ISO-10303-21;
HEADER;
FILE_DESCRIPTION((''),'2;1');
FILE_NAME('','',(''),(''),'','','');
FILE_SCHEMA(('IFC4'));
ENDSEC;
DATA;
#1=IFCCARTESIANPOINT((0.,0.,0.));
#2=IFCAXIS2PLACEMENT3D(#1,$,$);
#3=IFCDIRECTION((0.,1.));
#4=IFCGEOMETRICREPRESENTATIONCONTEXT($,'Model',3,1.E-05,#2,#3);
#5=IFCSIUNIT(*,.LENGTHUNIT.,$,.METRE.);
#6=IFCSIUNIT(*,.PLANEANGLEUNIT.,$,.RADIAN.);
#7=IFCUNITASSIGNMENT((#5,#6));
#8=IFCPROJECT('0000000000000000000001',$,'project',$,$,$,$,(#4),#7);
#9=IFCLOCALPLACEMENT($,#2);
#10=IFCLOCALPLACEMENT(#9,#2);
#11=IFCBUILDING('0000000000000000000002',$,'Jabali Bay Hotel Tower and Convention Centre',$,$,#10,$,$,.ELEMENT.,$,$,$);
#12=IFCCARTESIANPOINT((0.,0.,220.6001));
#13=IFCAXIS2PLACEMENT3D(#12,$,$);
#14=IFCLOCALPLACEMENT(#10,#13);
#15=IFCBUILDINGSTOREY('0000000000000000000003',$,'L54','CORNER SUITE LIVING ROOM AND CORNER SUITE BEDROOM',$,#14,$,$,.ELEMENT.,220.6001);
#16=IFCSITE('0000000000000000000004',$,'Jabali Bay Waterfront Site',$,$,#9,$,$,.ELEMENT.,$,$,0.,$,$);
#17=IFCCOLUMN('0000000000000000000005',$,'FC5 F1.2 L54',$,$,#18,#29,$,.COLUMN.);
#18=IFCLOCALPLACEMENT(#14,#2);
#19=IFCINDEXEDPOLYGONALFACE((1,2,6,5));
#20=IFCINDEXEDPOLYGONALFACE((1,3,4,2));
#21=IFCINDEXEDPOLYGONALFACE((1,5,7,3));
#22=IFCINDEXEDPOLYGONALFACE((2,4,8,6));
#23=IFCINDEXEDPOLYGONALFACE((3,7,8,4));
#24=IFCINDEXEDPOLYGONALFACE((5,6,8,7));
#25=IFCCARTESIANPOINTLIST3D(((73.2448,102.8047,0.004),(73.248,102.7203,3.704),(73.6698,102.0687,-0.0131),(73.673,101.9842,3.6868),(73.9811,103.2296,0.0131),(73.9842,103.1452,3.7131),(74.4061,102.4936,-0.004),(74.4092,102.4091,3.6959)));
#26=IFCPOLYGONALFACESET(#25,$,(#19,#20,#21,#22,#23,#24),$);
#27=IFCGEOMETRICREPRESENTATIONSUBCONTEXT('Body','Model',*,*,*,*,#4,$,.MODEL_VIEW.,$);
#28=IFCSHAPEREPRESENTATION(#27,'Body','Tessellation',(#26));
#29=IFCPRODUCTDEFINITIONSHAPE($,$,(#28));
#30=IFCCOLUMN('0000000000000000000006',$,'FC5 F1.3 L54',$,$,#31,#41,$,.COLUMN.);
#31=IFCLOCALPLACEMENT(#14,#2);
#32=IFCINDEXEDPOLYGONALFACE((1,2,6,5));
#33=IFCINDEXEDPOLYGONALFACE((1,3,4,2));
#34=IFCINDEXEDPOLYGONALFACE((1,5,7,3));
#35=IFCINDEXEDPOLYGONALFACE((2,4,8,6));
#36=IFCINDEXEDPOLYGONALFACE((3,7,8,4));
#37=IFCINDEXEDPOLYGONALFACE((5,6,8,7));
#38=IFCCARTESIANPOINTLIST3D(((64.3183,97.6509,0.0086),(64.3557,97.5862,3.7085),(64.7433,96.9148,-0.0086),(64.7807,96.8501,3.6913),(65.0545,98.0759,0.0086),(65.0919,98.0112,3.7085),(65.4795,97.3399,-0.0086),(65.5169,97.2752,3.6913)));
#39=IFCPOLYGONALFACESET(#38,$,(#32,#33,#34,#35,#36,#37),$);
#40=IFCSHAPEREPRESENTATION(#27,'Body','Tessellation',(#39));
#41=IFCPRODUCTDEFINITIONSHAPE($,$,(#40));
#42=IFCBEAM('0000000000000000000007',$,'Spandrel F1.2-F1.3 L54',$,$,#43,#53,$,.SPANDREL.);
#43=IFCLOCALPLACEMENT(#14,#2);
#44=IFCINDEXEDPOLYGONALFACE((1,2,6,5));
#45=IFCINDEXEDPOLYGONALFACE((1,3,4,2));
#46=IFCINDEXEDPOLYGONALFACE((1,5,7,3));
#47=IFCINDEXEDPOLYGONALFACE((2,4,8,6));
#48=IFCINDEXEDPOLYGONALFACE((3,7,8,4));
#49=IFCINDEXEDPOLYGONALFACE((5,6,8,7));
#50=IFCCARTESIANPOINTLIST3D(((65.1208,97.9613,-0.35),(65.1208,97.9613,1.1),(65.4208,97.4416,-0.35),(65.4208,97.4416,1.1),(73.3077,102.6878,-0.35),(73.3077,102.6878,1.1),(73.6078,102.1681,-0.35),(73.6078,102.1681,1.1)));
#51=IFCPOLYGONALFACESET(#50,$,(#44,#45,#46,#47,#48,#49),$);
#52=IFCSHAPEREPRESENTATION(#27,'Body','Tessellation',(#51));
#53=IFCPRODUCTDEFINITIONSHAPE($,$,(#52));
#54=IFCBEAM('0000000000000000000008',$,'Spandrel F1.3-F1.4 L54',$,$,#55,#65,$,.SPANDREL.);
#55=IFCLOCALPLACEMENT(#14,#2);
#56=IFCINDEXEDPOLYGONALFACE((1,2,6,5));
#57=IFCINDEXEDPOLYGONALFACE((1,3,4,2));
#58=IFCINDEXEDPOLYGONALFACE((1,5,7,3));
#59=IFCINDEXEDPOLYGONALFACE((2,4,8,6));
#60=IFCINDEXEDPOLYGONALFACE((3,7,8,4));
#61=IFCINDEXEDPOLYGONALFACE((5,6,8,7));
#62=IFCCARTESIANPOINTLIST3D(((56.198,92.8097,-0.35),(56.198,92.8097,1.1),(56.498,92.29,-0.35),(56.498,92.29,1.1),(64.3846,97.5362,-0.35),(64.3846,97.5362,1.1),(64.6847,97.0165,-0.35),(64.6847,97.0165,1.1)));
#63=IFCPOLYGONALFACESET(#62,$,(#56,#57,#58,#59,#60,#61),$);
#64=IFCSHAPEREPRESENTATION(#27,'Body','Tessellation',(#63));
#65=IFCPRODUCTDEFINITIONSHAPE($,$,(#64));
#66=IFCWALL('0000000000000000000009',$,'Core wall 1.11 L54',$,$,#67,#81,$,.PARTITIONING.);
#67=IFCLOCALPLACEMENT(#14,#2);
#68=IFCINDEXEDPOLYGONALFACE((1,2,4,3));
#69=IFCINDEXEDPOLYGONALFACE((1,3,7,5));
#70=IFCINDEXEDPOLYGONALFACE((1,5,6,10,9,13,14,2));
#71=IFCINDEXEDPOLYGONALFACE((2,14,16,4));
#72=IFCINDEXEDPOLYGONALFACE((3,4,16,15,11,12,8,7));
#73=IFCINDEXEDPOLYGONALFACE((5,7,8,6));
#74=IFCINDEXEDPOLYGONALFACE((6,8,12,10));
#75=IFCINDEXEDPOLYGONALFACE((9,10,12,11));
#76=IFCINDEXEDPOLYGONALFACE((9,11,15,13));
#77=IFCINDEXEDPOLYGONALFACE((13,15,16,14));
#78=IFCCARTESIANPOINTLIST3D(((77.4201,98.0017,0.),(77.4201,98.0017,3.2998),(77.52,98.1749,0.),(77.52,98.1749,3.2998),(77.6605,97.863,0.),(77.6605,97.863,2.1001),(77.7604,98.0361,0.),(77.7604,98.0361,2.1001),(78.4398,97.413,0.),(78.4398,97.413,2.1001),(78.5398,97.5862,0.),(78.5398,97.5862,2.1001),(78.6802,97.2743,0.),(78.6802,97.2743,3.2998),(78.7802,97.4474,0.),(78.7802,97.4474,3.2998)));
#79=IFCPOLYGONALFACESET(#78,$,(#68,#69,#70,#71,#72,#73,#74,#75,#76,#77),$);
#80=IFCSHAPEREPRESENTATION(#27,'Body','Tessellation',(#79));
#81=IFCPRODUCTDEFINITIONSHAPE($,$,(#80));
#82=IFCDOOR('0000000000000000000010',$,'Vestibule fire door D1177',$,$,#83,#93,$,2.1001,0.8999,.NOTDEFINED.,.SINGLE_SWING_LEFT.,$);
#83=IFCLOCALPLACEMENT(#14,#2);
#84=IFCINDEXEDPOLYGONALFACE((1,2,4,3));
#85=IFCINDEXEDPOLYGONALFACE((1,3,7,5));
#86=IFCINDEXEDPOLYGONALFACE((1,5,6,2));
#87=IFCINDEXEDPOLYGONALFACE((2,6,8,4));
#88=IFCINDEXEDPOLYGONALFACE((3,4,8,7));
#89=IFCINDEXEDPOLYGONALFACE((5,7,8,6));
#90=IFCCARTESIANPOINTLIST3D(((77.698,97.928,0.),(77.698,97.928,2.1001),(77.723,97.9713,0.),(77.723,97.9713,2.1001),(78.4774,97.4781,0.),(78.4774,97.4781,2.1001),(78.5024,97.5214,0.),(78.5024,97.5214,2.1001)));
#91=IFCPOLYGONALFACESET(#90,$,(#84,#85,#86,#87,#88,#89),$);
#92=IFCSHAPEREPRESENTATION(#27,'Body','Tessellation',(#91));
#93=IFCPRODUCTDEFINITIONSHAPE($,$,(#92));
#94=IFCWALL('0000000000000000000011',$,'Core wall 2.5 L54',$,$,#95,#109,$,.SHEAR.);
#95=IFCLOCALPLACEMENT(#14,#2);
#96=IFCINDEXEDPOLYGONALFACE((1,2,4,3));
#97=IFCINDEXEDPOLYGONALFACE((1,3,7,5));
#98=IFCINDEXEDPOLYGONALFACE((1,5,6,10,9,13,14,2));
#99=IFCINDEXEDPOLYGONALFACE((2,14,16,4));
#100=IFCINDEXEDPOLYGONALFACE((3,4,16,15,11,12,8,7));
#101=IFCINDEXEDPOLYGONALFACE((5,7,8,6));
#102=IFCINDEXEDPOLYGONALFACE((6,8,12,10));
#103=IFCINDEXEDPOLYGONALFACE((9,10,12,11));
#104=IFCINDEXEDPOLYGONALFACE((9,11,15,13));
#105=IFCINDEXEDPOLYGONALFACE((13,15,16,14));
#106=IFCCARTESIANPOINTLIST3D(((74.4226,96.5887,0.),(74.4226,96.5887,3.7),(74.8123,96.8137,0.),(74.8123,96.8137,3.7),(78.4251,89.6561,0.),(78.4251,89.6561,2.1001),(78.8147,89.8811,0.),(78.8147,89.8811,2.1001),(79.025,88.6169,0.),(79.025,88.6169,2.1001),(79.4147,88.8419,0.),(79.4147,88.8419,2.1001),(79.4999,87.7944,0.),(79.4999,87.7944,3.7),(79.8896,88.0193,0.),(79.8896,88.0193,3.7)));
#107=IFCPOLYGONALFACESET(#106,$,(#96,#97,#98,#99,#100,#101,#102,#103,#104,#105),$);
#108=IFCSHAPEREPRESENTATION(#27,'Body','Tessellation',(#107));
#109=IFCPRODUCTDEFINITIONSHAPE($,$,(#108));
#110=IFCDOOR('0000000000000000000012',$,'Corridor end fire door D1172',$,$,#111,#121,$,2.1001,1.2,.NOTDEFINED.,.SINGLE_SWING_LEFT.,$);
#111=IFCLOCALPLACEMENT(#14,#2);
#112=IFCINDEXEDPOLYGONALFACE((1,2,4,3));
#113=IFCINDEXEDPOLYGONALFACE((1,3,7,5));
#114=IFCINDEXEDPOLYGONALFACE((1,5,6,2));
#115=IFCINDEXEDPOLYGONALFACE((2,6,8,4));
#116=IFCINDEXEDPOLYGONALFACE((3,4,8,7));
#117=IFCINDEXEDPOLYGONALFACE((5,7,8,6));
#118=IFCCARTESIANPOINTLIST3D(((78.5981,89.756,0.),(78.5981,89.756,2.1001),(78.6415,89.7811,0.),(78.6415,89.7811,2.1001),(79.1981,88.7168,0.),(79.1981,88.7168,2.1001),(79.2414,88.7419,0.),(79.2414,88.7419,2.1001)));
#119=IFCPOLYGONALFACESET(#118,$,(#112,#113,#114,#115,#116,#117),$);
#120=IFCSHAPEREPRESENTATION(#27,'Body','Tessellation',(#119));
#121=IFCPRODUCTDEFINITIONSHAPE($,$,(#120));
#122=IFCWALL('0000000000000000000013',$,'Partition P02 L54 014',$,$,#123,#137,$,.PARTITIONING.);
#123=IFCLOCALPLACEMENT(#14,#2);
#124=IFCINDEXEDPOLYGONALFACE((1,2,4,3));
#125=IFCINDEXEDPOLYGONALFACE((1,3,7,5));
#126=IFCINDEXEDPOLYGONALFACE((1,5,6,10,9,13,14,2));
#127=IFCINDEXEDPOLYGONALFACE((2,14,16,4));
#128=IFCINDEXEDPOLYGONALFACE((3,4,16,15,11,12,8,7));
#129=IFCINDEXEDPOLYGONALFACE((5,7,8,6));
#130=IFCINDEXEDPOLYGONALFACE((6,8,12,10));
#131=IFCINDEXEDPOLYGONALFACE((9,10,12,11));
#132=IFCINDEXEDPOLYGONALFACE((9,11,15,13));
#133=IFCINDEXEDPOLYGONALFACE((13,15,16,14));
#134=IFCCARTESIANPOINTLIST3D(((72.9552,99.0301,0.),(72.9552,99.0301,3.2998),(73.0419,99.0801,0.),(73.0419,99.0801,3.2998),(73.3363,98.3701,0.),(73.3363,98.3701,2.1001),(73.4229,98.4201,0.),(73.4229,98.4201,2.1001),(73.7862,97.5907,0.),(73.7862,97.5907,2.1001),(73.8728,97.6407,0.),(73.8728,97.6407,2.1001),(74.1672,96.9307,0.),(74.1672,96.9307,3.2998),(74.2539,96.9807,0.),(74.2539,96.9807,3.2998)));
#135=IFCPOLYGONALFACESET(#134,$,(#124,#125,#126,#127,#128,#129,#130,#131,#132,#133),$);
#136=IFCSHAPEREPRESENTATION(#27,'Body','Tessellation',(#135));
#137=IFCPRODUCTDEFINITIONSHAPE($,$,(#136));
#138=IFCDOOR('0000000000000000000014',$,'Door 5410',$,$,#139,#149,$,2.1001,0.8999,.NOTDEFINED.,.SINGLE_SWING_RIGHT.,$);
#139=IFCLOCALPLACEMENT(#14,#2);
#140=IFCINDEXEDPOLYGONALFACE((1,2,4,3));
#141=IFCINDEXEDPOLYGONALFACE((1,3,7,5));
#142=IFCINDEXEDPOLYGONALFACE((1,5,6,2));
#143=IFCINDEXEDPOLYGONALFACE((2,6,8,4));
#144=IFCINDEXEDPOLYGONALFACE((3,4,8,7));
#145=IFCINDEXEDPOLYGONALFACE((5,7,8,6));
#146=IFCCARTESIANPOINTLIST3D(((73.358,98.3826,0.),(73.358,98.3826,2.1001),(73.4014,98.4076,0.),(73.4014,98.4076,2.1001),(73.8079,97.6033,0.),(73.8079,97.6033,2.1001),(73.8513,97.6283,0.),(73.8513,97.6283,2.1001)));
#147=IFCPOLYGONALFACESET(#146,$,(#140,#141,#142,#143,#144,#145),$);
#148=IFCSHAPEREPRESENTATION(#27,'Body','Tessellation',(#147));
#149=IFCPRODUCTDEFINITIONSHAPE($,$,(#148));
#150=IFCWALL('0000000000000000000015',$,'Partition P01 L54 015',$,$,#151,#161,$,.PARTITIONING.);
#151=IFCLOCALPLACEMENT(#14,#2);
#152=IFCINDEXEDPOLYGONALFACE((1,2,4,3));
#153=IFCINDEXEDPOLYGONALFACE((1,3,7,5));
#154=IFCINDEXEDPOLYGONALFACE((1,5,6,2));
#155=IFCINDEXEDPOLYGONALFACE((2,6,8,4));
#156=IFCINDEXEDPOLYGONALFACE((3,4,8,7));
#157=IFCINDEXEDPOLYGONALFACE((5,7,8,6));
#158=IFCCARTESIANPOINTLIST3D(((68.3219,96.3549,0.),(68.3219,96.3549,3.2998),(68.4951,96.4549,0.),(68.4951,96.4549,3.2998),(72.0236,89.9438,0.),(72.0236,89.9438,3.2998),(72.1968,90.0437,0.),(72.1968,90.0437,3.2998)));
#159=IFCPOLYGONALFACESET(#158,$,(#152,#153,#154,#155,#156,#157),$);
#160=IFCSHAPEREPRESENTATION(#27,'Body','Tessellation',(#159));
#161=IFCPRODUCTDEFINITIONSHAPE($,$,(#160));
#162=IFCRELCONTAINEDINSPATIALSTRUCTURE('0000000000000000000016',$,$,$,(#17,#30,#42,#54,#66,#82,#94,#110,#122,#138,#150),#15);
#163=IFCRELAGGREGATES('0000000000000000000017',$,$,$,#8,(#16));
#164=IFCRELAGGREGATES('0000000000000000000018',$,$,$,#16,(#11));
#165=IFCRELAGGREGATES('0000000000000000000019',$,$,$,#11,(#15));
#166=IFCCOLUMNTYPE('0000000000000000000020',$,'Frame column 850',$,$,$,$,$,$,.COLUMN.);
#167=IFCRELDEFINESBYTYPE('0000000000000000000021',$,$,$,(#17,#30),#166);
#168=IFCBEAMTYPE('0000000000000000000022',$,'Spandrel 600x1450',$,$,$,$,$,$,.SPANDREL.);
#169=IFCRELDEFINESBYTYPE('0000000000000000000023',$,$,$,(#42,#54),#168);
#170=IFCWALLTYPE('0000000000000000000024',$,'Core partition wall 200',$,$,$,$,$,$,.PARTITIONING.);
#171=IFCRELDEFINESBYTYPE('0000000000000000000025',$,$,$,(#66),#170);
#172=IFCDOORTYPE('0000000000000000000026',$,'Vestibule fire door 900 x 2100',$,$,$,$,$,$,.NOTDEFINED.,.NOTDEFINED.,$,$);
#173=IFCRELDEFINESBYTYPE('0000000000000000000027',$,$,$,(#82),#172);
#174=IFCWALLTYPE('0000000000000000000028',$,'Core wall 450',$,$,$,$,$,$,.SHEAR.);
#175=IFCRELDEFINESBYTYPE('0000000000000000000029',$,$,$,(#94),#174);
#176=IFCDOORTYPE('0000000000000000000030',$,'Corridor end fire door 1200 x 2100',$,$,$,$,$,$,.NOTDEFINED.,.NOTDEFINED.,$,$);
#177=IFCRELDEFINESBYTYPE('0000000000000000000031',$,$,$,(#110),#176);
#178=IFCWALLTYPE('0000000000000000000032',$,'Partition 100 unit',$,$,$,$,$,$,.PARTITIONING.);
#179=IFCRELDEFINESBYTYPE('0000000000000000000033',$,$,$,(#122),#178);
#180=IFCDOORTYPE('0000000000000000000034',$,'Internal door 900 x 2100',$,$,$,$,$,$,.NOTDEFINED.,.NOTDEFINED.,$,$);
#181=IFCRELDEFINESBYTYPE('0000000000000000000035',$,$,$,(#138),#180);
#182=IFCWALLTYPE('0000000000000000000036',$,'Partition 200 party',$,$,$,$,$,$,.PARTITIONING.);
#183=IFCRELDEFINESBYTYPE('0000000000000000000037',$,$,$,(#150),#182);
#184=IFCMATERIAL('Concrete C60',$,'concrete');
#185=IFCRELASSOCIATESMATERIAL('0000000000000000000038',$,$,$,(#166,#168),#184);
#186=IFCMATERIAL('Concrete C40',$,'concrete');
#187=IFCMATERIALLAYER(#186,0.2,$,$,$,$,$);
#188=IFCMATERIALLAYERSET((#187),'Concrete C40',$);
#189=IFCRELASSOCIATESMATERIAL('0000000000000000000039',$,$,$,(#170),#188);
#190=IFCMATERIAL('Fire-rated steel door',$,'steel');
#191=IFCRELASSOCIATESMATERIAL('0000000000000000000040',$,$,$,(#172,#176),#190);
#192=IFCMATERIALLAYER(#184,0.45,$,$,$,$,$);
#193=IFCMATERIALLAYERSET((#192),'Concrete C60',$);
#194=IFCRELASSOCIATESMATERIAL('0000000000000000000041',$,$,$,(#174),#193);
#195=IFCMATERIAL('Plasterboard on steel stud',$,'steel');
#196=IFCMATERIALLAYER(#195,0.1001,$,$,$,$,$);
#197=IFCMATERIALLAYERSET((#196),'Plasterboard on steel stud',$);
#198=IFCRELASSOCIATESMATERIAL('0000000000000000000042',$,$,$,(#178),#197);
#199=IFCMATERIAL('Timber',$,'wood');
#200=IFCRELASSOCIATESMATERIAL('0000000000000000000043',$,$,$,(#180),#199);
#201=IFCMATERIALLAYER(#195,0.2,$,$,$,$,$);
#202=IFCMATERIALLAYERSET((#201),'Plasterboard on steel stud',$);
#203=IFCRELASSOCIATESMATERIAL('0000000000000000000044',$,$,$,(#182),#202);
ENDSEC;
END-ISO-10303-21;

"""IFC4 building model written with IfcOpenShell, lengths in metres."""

from ifc_helpers import new_model, si_unit, direction, frame, frame_2d, origin, origin_2d, place, context, subcontext, project, spatial, rectangle, extrude, material, layer, layer_set, material_profile, profile_set, type_object, element, fill, save


model = new_model("IFC4")

# Units and contexts
model_context = context("Model", 3, precision=1e-05, world=origin(), true_north=direction((0.0, 1.0)))
body_context = subcontext(model_context, "Body", "Model", "MODEL_VIEW")
ifc_project = project(units=[si_unit("LENGTHUNIT", "METRE"), si_unit("PLANEANGLEUNIT", "RADIAN")], contexts=[model_context])

# Site, building, storey
site_placement = place(None, origin())
site = spatial("IfcSite", under=ifc_project, at=site_placement, Name="Jabali Bay Waterfront Site", CompositionType="ELEMENT", RefElevation=0.0)
building_placement = place(site_placement, origin())
building = spatial("IfcBuilding", under=site, at=building_placement, Name="Jabali Bay Hotel Tower and Convention Centre", CompositionType="ELEMENT")
storey_placement = place(building_placement, frame((0.0, 0.0, 220.6001)))
storey = spatial("IfcBuildingStorey", under=building, at=storey_placement, Name="L54", Description="CORNER SUITE LIVING ROOM AND CORNER SUITE BEDROOM", CompositionType="ELEMENT", Elevation=220.6001)

# Columns
ifc_material_1 = material(Name="Concrete C60", Category="concrete")
ifc_material_profile_1 = material_profile(ifc_material_1, rectangle(XDim=0.8501, YDim=0.8501, at=origin_2d()), Name="Frame column 850")
ifc_profile_set_1 = profile_set([ifc_material_profile_1], Name="Concrete C60")
column_type = type_object("IfcColumnType", Name="Frame column 850", PredefinedType="COLUMN", material=ifc_profile_set_1)
column_1_placement = place(storey_placement, frame((73.8254, 102.6492, 0.0), z_axis=(0.000858, -0.022825, 0.999739), x_axis=(0.86606, 0.499826, 0.010668)))
element("IfcColumn", 1, at=column_1_placement, inside=storey, type_object=column_type, Name="FC5 F1.2 L54", PredefinedType="COLUMN", context=body_context, shape_type="SweptSolid", body=[
    extrude(rectangle(XDim=0.8501, YDim=0.8501, at=origin_2d()), origin(), (0.0, 0.0, 1.0), 3.7009),
])
column_2_placement = place(storey_placement, frame((64.8989, 97.4954, 0.0), z_axis=(0.010094, -0.017482, 0.999796), x_axis=(-0.499897, 0.86585, 0.020187)))
element("IfcColumn", 2, at=column_2_placement, inside=storey, type_object=column_type, Name="FC5 F1.3 L54", PredefinedType="COLUMN", context=body_context, shape_type="SweptSolid", body=[
    extrude(rectangle(XDim=0.8501, YDim=0.8501, at=origin_2d()), origin(), (0.0, 0.0, 1.0), 3.7007),
])

# Beams
ifc_material_profile_2 = material_profile(ifc_material_1, rectangle(XDim=0.6001, YDim=1.45, at=origin_2d()), Name="Spandrel 600x1450")
ifc_profile_set_2 = profile_set([ifc_material_profile_2], Name="Concrete C60")
beam_type = type_object("IfcBeamType", Name="Spandrel 600x1450", PredefinedType="SPANDREL", material=ifc_profile_set_2)
beam_1_placement = place(storey_placement, frame((73.4578, 102.428, 0.375), z_axis=(-0.866035, -0.499983, 0.0), x_axis=(0.499983, -0.866035, 0.0)))
element("IfcBeam", 3, at=beam_1_placement, inside=storey, type_object=beam_type, Name="Spandrel F1.2-F1.3 L54", PredefinedType="SPANDREL", context=body_context, shape_type="SweptSolid", body=[
    extrude(rectangle(XDim=0.6001, YDim=1.45, at=origin_2d()), origin(), (0.0, 0.0, 1.0), 9.4534),
])
beam_2_placement = place(storey_placement, frame((64.5347, 97.2764, 0.375), z_axis=(-0.866029, -0.499994, 0.0), x_axis=(0.499994, -0.866029, 0.0)))
element("IfcBeam", 4, at=beam_2_placement, inside=storey, type_object=beam_type, Name="Spandrel F1.3-F1.4 L54", PredefinedType="SPANDREL", context=body_context, shape_type="SweptSolid", body=[
    extrude(rectangle(XDim=0.6001, YDim=1.45, at=origin_2d()), origin(), (0.0, 0.0, 1.0), 9.4531),
])

# Walls, openings, doors
ifc_material_2 = material(Name="Concrete C40", Category="concrete")
ifc_layer_1 = layer(ifc_material_2, 0.2)
ifc_layer_set_1 = layer_set([ifc_layer_1], Name="Concrete C40")
wall_type_1 = type_object("IfcWallType", Name="Core partition wall 200", PredefinedType="PARTITIONING", material=ifc_layer_set_1)
wall_1_placement = place(storey_placement, frame((78.7302, 97.3608, 0.0), z_axis=(0.0, 0.0, 1.0), x_axis=(-0.866046, 0.499965, 0.0)))
wall_1 = element("IfcWall", 5, at=wall_1_placement, inside=storey, type_object=wall_type_1, Name="Core wall 1.11 L54", PredefinedType="PARTITIONING", context=body_context, shape_type="SweptSolid", body=[
    extrude(rectangle(XDim=1.4551, YDim=0.2, at=frame_2d((0.7275, 0.0))), origin(), (0.0, 0.0, 1.0), 3.2998),
])
opening_1_placement = place(wall_1_placement, frame((0.2776, 0.0, 0.0)))
opening_1 = element("IfcOpeningElement", 6, at=opening_1_placement, cuts=wall_1, PredefinedType="OPENING", context=body_context, shape_type="SweptSolid", body=[
    extrude(rectangle(XDim=0.8999, YDim=2.1001, at=frame_2d((0.45, 1.05))), frame((0.0, 0.1104, 0.0), z_axis=(0.0, -1.0, 0.0), x_axis=(1.0, 0.0, 0.0)), (0.0, 0.0, 1.0), 0.2209),
])
ifc_material_3 = material(Name="Fire-rated steel door", Category="steel")
door_type_1 = type_object("IfcDoorType", Name="Vestibule fire door 900 x 2100", OperationType="NOTDEFINED", PredefinedType="NOTDEFINED", material=ifc_material_3)
door_1_placement = place(opening_1_placement, origin())
door_1 = element("IfcDoor", 7, at=door_1_placement, inside=storey, type_object=door_type_1, Name="Vestibule fire door D1177", OperationType="SINGLE_SWING_LEFT", OverallHeight=2.1001, OverallWidth=0.8999, PredefinedType="NOTDEFINED", context=body_context, shape_type="SweptSolid", body=[
    extrude(rectangle(XDim=0.8999, YDim=2.1001, at=frame_2d((0.45, 1.05))), frame((0.0, 0.0249, 0.0), z_axis=(0.0, -1.0, 0.0), x_axis=(1.0, 0.0, 0.0)), (0.0, 0.0, 1.0), 0.05),
])
fill(opening_1, door_1)
ifc_layer_2 = layer(ifc_material_1, 0.45)
ifc_layer_set_2 = layer_set([ifc_layer_2], Name="Concrete C60")
wall_type_2 = type_object("IfcWallType", Name="Core wall 450", PredefinedType="SHEAR", material=ifc_layer_set_2)
wall_2_placement = place(storey_placement, frame((74.6174, 96.7012, 0.0), z_axis=(0.0, 0.0, 1.0), x_axis=(0.499994, -0.866029, 0.0)))
wall_2 = element("IfcWall", 8, at=wall_2_placement, inside=storey, type_object=wall_type_2, Name="Core wall 2.5 L54", PredefinedType="SHEAR", context=body_context, shape_type="SweptSolid", body=[
    extrude(rectangle(XDim=10.1548, YDim=0.45, at=frame_2d((5.0774, 0.0))), origin(), (0.0, 0.0, 1.0), 3.7),
])
opening_2_placement = place(wall_2_placement, frame((8.0049, 0.0, 0.0)))
opening_2 = element("IfcOpeningElement", 9, at=opening_2_placement, cuts=wall_2, PredefinedType="OPENING", context=body_context, shape_type="SweptSolid", body=[
    extrude(rectangle(XDim=1.2, YDim=2.1001, at=frame_2d((0.6001, 1.05))), frame((0.0, 0.2354, 0.0), z_axis=(0.0, -1.0, 0.0), x_axis=(1.0, 0.0, 0.0)), (0.0, 0.0, 1.0), 0.4709),
])
door_type_2 = type_object("IfcDoorType", Name="Corridor end fire door 1200 x 2100", OperationType="NOTDEFINED", PredefinedType="NOTDEFINED", material=ifc_material_3)
door_2_placement = place(opening_2_placement, origin())
door_2 = element("IfcDoor", 10, at=door_2_placement, inside=storey, type_object=door_type_2, Name="Corridor end fire door D1172", OperationType="SINGLE_SWING_LEFT", OverallHeight=2.1001, OverallWidth=1.2, PredefinedType="NOTDEFINED", context=body_context, shape_type="SweptSolid", body=[
    extrude(rectangle(XDim=1.2, YDim=2.1001, at=frame_2d((0.6001, 1.05))), frame((0.0, 0.0249, 0.0), z_axis=(0.0, -1.0, 0.0), x_axis=(1.0, 0.0, 0.0)), (0.0, 0.0, 1.0), 0.05),
])
fill(opening_2, door_2)
ifc_material_4 = material(Name="Plasterboard on steel stud", Category="steel")
ifc_layer_3 = layer(ifc_material_4, 0.1001)
ifc_layer_set_3 = layer_set([ifc_layer_3], Name="Plasterboard on steel stud")
wall_type_3 = type_object("IfcWallType", Name="Partition 100 unit", PredefinedType="PARTITIONING", material=ifc_layer_set_3)
wall_3_placement = place(storey_placement, frame((74.2104, 96.9558, 0.0), z_axis=(0.0, 0.0, 1.0), x_axis=(-0.499952, 0.866053, 0.0)))
wall_3 = element("IfcWall", 11, at=wall_3_placement, inside=storey, type_object=wall_type_3, Name="Partition P02 L54 014", PredefinedType="PARTITIONING", context=body_context, shape_type="SweptSolid", body=[
    extrude(rectangle(XDim=2.4241, YDim=0.1001, at=frame_2d((1.2119, 0.0))), origin(), (0.0, 0.0, 1.0), 3.2998),
])
opening_3_placement = place(wall_3_placement, frame((0.762, 0.0, 0.0)))
opening_3 = element("IfcOpeningElement", 12, at=opening_3_placement, cuts=wall_3, PredefinedType="OPENING", context=body_context, shape_type="SweptSolid", body=[
    extrude(rectangle(XDim=0.8999, YDim=2.1001, at=frame_2d((0.45, 1.05))), frame((0.0, 0.0605, 0.0), z_axis=(0.0, -1.0, 0.0), x_axis=(1.0, 0.0, 0.0)), (0.0, 0.0, 1.0), 0.1211),
])
ifc_material_5 = material(Name="Timber", Category="wood")
door_type_3 = type_object("IfcDoorType", Name="Internal door 900 x 2100", OperationType="NOTDEFINED", PredefinedType="NOTDEFINED", material=ifc_material_5)
door_3_placement = place(opening_3_placement, origin())
door_3 = element("IfcDoor", 13, at=door_3_placement, inside=storey, type_object=door_type_3, Name="Door 5410", OperationType="SINGLE_SWING_RIGHT", OverallHeight=2.1001, OverallWidth=0.8999, PredefinedType="NOTDEFINED", context=body_context, shape_type="SweptSolid", body=[
    extrude(rectangle(XDim=0.8999, YDim=2.1001, at=frame_2d((0.45, 1.05))), frame((0.0, 0.0249, 0.0), z_axis=(0.0, -1.0, 0.0), x_axis=(1.0, 0.0, 0.0)), (0.0, 0.0, 1.0), 0.05),
])
fill(opening_3, door_3)

# Wall
ifc_layer_4 = layer(ifc_material_4, 0.2)
ifc_layer_set_4 = layer_set([ifc_layer_4], Name="Plasterboard on steel stud")
wall_type_4 = type_object("IfcWallType", Name="Partition 200 party", PredefinedType="PARTITIONING", material=ifc_layer_set_4)
wall_4_placement = place(storey_placement, frame((68.4084, 96.405, 0.0), z_axis=(0.0, 0.0, 1.0), x_axis=(0.500019, -0.866014, 0.0)))
element("IfcWall", 14, at=wall_4_placement, inside=storey, type_object=wall_type_4, Name="Partition P01 L54 015", PredefinedType="PARTITIONING", context=body_context, shape_type="SweptSolid", body=[
    extrude(rectangle(XDim=7.4031, YDim=0.2, at=frame_2d((3.7017, 0.0))), origin(), (0.0, 0.0, 1.0), 3.2998),
])

save(model, "model.ifc")
